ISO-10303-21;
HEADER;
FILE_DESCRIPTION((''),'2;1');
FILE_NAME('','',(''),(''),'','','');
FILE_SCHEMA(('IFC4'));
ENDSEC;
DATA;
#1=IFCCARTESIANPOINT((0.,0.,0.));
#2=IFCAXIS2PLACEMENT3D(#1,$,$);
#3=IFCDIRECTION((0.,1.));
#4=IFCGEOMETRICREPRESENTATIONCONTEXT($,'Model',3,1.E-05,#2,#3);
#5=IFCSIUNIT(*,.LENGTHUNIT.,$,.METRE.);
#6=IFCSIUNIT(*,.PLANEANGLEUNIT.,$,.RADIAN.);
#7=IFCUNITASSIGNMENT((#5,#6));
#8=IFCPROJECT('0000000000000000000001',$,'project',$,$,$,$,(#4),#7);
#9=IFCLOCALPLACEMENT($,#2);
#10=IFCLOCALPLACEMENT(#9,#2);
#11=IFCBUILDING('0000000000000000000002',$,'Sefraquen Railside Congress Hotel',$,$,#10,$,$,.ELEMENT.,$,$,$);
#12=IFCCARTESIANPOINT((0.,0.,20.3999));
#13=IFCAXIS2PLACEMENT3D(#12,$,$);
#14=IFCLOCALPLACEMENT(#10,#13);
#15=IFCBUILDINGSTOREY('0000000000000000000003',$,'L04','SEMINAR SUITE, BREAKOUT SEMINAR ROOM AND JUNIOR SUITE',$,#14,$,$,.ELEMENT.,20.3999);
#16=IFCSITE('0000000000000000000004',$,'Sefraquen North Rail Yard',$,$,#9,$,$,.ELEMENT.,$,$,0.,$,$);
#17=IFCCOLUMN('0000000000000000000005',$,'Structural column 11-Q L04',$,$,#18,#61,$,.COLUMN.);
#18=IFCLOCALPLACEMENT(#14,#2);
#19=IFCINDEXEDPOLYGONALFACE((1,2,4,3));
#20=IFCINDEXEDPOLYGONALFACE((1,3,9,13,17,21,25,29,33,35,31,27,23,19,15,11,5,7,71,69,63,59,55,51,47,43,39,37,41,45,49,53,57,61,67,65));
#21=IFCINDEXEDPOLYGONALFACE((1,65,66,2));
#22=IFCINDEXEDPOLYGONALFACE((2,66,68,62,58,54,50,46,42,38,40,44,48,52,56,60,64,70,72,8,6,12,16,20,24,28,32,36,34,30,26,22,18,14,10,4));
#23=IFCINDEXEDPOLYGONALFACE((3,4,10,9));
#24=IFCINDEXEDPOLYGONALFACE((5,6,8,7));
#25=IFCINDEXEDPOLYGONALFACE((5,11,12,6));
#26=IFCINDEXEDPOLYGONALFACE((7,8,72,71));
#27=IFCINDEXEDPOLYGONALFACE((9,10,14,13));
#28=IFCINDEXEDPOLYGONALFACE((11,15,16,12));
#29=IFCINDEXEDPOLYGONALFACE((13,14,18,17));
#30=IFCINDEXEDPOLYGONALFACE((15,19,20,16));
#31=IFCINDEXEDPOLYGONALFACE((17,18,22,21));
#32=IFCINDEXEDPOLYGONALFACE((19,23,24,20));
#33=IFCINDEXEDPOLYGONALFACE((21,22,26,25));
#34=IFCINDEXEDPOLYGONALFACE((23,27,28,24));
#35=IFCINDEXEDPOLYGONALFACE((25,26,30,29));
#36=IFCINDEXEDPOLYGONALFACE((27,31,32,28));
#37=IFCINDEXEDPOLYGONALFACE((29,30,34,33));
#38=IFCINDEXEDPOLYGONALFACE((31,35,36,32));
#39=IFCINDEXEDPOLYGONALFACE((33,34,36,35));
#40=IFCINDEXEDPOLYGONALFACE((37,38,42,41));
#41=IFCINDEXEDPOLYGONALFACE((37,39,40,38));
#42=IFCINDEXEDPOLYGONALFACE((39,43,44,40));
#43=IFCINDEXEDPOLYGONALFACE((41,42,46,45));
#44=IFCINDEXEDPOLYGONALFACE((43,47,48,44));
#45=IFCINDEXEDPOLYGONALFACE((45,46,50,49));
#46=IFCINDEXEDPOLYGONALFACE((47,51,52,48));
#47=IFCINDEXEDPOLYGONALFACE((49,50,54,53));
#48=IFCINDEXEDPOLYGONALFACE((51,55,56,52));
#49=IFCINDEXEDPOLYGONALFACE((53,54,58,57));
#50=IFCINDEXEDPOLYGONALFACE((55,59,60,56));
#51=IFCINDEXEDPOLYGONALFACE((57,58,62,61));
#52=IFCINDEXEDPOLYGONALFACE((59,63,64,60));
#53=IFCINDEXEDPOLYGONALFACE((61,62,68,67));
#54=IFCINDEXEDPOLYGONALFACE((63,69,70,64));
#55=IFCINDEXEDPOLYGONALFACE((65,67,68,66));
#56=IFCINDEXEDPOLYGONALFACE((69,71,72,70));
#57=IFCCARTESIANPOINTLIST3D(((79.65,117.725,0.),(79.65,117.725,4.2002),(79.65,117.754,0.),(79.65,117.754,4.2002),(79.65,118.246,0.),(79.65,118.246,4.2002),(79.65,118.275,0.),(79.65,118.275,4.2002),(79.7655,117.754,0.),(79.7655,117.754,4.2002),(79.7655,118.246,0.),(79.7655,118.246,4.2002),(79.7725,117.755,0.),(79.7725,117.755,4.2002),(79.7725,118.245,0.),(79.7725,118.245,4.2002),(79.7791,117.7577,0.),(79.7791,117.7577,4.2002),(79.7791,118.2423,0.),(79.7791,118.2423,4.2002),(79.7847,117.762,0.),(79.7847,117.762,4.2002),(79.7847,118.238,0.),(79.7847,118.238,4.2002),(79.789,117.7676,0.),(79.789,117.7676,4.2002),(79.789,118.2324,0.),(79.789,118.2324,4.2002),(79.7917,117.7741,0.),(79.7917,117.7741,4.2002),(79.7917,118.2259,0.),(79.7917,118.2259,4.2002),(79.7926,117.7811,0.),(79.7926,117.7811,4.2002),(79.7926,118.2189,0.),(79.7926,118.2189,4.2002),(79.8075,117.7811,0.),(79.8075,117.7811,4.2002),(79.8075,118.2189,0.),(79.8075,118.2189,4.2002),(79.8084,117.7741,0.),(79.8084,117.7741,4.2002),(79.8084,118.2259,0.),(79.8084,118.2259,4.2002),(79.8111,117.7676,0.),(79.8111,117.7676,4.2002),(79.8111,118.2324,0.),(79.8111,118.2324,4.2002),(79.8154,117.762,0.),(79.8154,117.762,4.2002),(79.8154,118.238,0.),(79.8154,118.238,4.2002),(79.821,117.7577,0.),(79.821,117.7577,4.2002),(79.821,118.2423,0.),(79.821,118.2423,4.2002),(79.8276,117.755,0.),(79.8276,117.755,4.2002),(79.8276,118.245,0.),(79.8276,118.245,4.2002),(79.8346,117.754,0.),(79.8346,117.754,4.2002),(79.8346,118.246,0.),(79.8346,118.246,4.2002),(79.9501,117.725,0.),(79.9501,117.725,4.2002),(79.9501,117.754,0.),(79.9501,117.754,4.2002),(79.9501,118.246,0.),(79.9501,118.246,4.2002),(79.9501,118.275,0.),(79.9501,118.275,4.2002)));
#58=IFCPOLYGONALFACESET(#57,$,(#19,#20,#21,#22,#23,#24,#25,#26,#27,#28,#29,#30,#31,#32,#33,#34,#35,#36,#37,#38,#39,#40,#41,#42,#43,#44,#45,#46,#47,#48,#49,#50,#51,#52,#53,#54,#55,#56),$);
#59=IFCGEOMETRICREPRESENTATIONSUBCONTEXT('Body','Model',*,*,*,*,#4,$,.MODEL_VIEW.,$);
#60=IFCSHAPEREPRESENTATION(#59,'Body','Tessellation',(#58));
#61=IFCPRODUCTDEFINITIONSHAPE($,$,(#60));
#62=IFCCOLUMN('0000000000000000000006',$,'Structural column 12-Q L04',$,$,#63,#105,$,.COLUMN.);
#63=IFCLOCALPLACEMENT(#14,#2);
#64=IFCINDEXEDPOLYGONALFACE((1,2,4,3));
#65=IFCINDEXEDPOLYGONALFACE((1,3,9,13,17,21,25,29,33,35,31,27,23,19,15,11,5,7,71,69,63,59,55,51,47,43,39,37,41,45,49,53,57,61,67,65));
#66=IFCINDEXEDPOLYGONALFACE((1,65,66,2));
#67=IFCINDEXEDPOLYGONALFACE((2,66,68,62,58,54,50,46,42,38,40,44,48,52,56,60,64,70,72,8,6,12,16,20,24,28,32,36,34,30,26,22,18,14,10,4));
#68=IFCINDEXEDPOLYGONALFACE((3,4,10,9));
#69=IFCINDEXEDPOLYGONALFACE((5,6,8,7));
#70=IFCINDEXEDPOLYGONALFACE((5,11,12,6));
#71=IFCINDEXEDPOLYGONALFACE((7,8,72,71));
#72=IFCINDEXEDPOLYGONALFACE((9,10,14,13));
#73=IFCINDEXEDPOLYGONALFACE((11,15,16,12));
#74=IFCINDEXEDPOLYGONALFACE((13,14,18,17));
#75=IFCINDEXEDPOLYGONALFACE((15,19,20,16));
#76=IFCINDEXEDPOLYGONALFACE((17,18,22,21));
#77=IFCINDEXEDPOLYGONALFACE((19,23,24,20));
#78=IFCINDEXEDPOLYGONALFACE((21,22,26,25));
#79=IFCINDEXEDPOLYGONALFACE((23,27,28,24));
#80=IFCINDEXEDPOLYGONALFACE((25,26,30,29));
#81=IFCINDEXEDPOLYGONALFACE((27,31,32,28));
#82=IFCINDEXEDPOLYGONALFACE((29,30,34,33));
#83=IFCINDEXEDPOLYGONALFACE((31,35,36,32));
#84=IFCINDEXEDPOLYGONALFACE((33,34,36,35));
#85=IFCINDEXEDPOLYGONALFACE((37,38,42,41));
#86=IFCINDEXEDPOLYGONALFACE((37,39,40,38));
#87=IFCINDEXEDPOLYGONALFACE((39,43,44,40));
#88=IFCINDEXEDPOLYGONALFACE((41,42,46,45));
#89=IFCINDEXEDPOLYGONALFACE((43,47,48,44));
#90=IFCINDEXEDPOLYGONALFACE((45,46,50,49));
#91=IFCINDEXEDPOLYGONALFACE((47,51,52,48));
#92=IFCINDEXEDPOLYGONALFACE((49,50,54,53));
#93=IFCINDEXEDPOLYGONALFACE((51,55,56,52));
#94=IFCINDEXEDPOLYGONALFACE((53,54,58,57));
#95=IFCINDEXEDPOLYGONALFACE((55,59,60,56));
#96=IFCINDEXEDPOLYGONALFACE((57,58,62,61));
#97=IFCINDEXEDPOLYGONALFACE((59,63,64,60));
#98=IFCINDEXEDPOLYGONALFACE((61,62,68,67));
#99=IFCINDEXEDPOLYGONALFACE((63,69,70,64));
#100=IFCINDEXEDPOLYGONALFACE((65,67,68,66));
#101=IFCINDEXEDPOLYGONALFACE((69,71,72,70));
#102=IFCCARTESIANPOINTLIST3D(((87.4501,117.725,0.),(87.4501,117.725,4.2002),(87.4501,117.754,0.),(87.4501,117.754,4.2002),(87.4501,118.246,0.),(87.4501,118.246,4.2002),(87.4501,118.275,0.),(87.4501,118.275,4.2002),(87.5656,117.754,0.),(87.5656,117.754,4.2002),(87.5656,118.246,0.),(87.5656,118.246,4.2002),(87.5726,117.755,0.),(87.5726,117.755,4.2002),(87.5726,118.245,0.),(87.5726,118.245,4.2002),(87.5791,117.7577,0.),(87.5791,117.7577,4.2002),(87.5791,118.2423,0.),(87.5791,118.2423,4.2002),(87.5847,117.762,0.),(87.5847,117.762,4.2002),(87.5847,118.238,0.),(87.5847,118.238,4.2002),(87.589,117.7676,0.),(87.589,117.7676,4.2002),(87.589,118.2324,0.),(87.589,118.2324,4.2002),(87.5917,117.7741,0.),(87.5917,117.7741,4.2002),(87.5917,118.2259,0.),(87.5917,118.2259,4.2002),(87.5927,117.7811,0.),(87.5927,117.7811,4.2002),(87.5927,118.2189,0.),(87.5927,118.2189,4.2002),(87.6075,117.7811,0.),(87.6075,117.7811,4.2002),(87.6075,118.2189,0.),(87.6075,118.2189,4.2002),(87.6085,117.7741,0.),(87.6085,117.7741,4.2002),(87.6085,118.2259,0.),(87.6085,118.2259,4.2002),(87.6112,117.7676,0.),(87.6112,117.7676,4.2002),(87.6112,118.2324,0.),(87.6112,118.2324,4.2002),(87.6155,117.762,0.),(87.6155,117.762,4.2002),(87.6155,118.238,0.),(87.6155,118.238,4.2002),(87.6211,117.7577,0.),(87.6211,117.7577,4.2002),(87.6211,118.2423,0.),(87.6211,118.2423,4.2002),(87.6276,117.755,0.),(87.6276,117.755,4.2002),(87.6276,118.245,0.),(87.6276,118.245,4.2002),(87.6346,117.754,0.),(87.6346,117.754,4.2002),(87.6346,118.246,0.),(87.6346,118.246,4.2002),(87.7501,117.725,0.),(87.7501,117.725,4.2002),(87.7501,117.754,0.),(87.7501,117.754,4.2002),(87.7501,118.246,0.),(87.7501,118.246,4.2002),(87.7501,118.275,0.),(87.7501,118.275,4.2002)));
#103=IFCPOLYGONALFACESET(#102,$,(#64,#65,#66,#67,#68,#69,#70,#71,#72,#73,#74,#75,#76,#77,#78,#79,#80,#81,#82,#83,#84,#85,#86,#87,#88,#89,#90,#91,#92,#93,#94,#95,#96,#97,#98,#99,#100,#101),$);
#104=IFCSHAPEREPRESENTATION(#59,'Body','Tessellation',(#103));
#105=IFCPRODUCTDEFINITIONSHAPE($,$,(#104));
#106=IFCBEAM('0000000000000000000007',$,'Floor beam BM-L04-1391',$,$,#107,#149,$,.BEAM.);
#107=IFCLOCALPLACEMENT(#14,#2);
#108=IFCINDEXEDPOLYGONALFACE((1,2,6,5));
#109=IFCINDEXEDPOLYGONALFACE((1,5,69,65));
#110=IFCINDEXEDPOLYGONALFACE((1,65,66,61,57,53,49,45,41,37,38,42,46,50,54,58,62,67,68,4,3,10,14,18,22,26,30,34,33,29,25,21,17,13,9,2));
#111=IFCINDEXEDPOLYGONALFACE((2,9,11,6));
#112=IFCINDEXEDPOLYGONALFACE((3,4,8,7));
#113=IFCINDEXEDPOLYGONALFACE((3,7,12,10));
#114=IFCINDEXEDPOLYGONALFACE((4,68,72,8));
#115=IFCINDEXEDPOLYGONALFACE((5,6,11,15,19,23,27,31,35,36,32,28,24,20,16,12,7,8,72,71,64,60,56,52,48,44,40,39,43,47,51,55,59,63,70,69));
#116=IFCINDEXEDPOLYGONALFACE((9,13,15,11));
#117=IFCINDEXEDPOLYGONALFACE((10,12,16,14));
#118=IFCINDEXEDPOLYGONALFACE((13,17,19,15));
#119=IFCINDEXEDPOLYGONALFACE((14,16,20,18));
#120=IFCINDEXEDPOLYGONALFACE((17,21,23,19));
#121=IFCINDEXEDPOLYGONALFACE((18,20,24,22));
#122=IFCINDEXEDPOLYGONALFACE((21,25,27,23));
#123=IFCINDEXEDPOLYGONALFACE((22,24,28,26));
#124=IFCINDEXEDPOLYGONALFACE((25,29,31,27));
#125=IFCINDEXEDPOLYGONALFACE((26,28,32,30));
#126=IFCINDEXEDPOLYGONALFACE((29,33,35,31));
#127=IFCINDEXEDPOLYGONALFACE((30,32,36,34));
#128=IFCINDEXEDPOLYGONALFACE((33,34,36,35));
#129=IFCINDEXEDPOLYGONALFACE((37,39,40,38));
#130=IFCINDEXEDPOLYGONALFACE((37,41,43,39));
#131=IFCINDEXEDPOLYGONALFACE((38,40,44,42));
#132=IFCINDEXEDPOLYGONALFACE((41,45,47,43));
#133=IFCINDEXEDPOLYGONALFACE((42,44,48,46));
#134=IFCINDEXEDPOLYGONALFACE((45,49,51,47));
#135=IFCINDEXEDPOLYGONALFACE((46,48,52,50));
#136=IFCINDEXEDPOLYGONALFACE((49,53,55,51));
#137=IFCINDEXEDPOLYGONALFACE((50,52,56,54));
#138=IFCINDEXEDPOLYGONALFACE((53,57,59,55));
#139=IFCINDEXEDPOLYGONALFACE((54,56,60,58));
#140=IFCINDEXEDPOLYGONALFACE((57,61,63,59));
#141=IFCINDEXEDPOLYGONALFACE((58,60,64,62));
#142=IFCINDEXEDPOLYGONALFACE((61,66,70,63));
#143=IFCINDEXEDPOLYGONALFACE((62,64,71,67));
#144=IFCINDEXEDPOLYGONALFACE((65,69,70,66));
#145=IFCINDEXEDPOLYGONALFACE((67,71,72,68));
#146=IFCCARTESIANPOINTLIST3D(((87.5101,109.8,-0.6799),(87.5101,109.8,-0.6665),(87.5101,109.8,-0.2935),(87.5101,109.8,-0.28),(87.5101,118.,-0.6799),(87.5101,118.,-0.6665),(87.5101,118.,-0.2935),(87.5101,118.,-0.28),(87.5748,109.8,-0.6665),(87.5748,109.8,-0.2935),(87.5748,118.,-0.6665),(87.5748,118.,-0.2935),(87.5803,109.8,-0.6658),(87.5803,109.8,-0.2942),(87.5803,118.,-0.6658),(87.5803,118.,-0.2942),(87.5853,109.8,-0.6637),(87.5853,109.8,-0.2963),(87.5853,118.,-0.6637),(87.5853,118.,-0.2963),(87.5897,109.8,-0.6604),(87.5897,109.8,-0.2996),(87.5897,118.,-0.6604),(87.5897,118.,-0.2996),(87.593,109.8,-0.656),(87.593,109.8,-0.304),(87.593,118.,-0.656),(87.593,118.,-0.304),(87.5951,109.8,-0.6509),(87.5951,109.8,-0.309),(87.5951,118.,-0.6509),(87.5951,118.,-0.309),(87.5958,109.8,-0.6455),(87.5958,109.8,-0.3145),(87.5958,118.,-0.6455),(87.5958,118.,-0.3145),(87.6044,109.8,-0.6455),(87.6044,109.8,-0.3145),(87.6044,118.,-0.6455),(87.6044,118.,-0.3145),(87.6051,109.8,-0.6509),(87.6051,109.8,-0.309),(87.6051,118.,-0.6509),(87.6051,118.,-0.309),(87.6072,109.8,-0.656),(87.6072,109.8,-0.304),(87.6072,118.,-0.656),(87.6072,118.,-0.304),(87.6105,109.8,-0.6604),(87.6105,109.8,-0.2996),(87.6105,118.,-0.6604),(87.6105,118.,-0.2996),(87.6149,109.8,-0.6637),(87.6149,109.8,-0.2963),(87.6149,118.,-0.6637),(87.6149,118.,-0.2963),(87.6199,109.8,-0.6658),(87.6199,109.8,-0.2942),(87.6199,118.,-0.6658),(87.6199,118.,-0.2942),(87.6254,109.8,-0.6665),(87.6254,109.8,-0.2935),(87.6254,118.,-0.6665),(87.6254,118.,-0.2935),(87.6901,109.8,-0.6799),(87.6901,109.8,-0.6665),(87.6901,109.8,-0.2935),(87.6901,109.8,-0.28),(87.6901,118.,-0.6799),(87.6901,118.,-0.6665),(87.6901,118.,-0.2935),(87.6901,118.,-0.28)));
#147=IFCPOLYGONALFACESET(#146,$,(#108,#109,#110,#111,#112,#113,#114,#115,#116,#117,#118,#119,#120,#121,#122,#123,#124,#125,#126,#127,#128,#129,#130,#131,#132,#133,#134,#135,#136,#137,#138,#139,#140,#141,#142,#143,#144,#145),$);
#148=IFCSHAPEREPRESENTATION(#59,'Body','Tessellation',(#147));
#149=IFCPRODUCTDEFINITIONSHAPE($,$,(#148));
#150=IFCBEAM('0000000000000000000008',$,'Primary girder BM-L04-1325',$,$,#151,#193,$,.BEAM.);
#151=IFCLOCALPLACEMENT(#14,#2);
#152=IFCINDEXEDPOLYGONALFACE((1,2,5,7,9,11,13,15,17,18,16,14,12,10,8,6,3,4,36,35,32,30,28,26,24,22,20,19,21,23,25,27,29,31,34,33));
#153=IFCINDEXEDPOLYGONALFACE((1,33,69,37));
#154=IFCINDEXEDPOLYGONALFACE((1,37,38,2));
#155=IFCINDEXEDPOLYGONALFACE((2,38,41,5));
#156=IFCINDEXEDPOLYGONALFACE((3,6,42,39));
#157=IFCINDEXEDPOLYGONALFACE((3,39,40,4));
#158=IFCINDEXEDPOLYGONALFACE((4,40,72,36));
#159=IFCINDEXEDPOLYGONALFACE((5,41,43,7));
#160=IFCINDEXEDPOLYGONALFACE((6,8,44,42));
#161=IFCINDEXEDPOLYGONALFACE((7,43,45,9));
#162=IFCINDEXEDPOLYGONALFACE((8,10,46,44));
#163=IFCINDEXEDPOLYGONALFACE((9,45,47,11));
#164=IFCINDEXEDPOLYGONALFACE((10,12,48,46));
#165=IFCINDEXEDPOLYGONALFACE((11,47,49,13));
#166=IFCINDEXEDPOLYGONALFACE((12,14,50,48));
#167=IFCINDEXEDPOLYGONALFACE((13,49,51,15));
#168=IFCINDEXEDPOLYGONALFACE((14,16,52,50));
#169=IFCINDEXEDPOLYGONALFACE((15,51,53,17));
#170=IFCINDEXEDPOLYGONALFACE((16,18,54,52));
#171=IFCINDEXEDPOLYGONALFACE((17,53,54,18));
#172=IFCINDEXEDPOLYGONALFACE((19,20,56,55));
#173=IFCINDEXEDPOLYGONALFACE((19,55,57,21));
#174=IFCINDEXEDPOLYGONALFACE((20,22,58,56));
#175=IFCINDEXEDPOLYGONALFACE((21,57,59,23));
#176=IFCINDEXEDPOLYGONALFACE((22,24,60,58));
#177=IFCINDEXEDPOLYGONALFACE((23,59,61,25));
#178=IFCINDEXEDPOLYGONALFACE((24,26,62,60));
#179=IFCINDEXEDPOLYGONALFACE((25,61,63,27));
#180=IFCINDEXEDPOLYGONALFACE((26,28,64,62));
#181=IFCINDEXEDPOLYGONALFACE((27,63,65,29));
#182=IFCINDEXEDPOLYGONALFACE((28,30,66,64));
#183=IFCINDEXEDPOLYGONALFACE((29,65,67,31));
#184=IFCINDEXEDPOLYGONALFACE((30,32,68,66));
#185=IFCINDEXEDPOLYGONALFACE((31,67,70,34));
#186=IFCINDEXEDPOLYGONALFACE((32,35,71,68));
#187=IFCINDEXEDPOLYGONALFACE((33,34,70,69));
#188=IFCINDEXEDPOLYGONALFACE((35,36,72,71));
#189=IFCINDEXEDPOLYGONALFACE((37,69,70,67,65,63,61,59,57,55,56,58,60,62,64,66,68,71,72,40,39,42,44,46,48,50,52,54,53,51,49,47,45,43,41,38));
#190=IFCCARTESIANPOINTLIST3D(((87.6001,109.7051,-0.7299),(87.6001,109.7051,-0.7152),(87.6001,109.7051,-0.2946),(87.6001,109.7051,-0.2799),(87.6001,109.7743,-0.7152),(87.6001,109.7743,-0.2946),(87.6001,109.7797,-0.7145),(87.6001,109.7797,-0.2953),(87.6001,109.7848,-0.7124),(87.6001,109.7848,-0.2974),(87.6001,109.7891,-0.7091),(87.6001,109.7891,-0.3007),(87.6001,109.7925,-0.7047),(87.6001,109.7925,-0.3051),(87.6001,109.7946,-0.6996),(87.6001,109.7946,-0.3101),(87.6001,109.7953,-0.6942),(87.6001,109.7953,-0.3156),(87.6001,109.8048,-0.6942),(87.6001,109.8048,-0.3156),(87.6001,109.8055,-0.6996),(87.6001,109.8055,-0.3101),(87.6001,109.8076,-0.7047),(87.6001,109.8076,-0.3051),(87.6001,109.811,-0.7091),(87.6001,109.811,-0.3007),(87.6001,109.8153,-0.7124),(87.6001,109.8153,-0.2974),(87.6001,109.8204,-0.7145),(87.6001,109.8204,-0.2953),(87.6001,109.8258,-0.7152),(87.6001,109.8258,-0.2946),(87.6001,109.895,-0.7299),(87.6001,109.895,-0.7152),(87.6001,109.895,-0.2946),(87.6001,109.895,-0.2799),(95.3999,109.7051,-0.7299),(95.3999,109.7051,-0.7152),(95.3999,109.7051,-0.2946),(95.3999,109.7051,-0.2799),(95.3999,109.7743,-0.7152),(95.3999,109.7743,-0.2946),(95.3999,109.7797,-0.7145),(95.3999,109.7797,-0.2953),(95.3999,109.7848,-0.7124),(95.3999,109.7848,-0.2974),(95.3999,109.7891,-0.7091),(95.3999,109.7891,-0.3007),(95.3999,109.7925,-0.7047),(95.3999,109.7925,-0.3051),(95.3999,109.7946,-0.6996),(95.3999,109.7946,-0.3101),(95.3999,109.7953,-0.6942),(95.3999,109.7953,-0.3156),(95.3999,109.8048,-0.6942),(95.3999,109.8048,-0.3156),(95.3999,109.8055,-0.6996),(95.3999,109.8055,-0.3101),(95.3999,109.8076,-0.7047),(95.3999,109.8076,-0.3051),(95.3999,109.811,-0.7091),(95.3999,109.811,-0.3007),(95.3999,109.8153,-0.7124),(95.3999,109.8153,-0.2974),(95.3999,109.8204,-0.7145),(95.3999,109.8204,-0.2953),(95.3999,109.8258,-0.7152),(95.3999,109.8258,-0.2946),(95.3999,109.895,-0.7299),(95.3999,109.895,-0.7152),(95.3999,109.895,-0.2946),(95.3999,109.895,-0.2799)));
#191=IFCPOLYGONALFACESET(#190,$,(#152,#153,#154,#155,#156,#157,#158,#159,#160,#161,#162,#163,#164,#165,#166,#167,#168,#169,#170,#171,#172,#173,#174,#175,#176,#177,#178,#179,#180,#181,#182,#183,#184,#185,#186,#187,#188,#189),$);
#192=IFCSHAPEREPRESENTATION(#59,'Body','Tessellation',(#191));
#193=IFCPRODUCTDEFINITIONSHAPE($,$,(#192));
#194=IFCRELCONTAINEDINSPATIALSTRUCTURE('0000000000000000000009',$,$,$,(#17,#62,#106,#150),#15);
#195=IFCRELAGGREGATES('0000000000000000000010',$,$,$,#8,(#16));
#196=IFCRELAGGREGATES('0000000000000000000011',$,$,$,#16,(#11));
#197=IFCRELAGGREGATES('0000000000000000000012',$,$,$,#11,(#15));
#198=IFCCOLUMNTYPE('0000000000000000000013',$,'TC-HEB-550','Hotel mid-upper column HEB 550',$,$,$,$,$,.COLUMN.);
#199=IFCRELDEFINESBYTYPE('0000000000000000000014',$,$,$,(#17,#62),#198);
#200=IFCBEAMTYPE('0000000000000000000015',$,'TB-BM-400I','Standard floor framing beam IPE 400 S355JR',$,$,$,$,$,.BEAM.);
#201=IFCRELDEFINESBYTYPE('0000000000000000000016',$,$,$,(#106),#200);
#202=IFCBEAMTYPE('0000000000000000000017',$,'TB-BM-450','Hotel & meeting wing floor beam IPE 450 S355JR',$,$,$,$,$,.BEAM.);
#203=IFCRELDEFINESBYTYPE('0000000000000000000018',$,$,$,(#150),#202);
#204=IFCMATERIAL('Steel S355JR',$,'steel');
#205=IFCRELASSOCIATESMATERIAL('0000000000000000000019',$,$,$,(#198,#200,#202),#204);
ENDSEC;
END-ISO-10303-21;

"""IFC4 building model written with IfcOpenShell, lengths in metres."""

from ifc_helpers import new_model, si_unit, direction, frame, origin, origin_2d, place, context, subcontext, project, spatial, i_section, extrude, material, material_profile, profile_set, type_object, element, save


model = new_model("IFC4")

# Units and contexts
model_context = context("Model", 3, precision=1e-05, world=origin(), true_north=direction((0.0, 1.0)))
body_context = subcontext(model_context, "Body", "Model", "MODEL_VIEW")
ifc_project = project(units=[si_unit("LENGTHUNIT", "METRE"), si_unit("PLANEANGLEUNIT", "RADIAN")], contexts=[model_context])

# Site, building, storey
site_placement = place(None, origin())
site = spatial("IfcSite", under=ifc_project, at=site_placement, Name="Sefraquen North Rail Yard", CompositionType="ELEMENT", RefElevation=0.0)
building_placement = place(site_placement, origin())
building = spatial("IfcBuilding", under=site, at=building_placement, Name="Sefraquen Railside Congress Hotel", CompositionType="ELEMENT")
storey_placement = place(building_placement, frame((0.0, 0.0, 20.3999)))
storey = spatial("IfcBuildingStorey", under=building, at=storey_placement, Name="L04", Description="SEMINAR SUITE, BREAKOUT SEMINAR ROOM AND JUNIOR SUITE", CompositionType="ELEMENT", Elevation=20.3999)

# Columns
ifc_material_1 = material(Name="Steel S355JR", Category="steel")
ifc_material_profile_1 = material_profile(ifc_material_1, i_section(OverallWidth=0.3, OverallDepth=0.55, WebThickness=0.0149, FlangeThickness=0.0291, FilletRadius=0.0271, at=origin_2d()), Name="HEB 550")
ifc_profile_set_1 = profile_set([ifc_material_profile_1], Name="Steel S355JR")
column_type = type_object("IfcColumnType", Name="TC-HEB-550", Description="Hotel mid-upper column HEB 550", PredefinedType="COLUMN", material=ifc_profile_set_1)
for number, where, z_axis, x_axis, name in (
    (1, (79.8, 118.0, 0.0), (0.0, 0.0, 1.0), (1.0, 0.0, 0.0), "Structural column 11-Q L04"),
    (2, (87.6001, 118.0, 0.0), (0.0, 0.0, 1.0), (1.0, 0.0, 0.0), "Structural column 12-Q L04"),
):
    element("IfcColumn", number, at=place(storey_placement, frame(where, z_axis=z_axis, x_axis=x_axis)), inside=storey, type_object=column_type, Name=name, PredefinedType="COLUMN", context=body_context, shape_type="SweptSolid", body=[
        extrude(i_section(OverallWidth=0.3, OverallDepth=0.55, WebThickness=0.0149, FlangeThickness=0.0291, FilletRadius=0.0271, at=origin_2d()), origin(), (0.0, 0.0, 1.0), 4.2002),
    ])

# Beams
ifc_material_profile_2 = material_profile(ifc_material_1, i_section(OverallWidth=0.1799, OverallDepth=0.3999, WebThickness=0.0085, FlangeThickness=0.0134, FilletRadius=0.021, at=origin_2d()), Name="IPE 400")
ifc_profile_set_2 = profile_set([ifc_material_profile_2], Name="Steel S355JR")
beam_type_1 = type_object("IfcBeamType", Name="TB-BM-400I", Description="Standard floor framing beam IPE 400 S355JR", PredefinedType="BEAM", material=ifc_profile_set_2)
beam_1_placement = place(storey_placement, frame((87.6001, 109.8, -0.48), z_axis=(0.0, 1.0, 0.0), x_axis=(-1.0, 0.0, 0.0)))
element("IfcBeam", 3, at=beam_1_placement, inside=storey, type_object=beam_type_1, Name="Floor beam BM-L04-1391", PredefinedType="BEAM", context=body_context, shape_type="SweptSolid", body=[
    extrude(i_section(OverallWidth=0.1799, OverallDepth=0.3999, WebThickness=0.0085, FlangeThickness=0.0134, FilletRadius=0.021, at=origin_2d()), origin(), (0.0, 0.0, 1.0), 8.2),
])
ifc_material_profile_3 = material_profile(ifc_material_1, i_section(OverallWidth=0.1899, OverallDepth=0.45, WebThickness=0.0095, FlangeThickness=0.0146, FilletRadius=0.021, at=origin_2d()), Name="IPE 450")
ifc_profile_set_3 = profile_set([ifc_material_profile_3], Name="Steel S355JR")
beam_type_2 = type_object("IfcBeamType", Name="TB-BM-450", Description="Hotel & meeting wing floor beam IPE 450 S355JR", PredefinedType="BEAM", material=ifc_profile_set_3)
beam_2_placement = place(storey_placement, frame((87.6001, 109.8, -0.5049), z_axis=(1.0, 0.0, 0.0), x_axis=(0.0, 1.0, 0.0)))
element("IfcBeam", 4, at=beam_2_placement, inside=storey, type_object=beam_type_2, Name="Primary girder BM-L04-1325", PredefinedType="BEAM", context=body_context, shape_type="SweptSolid", body=[
    extrude(i_section(OverallWidth=0.1899, OverallDepth=0.45, WebThickness=0.0095, FlangeThickness=0.0146, FilletRadius=0.021, at=origin_2d()), origin(), (0.0, 0.0, 1.0), 7.7998),
])

save(model, "model.ifc")
